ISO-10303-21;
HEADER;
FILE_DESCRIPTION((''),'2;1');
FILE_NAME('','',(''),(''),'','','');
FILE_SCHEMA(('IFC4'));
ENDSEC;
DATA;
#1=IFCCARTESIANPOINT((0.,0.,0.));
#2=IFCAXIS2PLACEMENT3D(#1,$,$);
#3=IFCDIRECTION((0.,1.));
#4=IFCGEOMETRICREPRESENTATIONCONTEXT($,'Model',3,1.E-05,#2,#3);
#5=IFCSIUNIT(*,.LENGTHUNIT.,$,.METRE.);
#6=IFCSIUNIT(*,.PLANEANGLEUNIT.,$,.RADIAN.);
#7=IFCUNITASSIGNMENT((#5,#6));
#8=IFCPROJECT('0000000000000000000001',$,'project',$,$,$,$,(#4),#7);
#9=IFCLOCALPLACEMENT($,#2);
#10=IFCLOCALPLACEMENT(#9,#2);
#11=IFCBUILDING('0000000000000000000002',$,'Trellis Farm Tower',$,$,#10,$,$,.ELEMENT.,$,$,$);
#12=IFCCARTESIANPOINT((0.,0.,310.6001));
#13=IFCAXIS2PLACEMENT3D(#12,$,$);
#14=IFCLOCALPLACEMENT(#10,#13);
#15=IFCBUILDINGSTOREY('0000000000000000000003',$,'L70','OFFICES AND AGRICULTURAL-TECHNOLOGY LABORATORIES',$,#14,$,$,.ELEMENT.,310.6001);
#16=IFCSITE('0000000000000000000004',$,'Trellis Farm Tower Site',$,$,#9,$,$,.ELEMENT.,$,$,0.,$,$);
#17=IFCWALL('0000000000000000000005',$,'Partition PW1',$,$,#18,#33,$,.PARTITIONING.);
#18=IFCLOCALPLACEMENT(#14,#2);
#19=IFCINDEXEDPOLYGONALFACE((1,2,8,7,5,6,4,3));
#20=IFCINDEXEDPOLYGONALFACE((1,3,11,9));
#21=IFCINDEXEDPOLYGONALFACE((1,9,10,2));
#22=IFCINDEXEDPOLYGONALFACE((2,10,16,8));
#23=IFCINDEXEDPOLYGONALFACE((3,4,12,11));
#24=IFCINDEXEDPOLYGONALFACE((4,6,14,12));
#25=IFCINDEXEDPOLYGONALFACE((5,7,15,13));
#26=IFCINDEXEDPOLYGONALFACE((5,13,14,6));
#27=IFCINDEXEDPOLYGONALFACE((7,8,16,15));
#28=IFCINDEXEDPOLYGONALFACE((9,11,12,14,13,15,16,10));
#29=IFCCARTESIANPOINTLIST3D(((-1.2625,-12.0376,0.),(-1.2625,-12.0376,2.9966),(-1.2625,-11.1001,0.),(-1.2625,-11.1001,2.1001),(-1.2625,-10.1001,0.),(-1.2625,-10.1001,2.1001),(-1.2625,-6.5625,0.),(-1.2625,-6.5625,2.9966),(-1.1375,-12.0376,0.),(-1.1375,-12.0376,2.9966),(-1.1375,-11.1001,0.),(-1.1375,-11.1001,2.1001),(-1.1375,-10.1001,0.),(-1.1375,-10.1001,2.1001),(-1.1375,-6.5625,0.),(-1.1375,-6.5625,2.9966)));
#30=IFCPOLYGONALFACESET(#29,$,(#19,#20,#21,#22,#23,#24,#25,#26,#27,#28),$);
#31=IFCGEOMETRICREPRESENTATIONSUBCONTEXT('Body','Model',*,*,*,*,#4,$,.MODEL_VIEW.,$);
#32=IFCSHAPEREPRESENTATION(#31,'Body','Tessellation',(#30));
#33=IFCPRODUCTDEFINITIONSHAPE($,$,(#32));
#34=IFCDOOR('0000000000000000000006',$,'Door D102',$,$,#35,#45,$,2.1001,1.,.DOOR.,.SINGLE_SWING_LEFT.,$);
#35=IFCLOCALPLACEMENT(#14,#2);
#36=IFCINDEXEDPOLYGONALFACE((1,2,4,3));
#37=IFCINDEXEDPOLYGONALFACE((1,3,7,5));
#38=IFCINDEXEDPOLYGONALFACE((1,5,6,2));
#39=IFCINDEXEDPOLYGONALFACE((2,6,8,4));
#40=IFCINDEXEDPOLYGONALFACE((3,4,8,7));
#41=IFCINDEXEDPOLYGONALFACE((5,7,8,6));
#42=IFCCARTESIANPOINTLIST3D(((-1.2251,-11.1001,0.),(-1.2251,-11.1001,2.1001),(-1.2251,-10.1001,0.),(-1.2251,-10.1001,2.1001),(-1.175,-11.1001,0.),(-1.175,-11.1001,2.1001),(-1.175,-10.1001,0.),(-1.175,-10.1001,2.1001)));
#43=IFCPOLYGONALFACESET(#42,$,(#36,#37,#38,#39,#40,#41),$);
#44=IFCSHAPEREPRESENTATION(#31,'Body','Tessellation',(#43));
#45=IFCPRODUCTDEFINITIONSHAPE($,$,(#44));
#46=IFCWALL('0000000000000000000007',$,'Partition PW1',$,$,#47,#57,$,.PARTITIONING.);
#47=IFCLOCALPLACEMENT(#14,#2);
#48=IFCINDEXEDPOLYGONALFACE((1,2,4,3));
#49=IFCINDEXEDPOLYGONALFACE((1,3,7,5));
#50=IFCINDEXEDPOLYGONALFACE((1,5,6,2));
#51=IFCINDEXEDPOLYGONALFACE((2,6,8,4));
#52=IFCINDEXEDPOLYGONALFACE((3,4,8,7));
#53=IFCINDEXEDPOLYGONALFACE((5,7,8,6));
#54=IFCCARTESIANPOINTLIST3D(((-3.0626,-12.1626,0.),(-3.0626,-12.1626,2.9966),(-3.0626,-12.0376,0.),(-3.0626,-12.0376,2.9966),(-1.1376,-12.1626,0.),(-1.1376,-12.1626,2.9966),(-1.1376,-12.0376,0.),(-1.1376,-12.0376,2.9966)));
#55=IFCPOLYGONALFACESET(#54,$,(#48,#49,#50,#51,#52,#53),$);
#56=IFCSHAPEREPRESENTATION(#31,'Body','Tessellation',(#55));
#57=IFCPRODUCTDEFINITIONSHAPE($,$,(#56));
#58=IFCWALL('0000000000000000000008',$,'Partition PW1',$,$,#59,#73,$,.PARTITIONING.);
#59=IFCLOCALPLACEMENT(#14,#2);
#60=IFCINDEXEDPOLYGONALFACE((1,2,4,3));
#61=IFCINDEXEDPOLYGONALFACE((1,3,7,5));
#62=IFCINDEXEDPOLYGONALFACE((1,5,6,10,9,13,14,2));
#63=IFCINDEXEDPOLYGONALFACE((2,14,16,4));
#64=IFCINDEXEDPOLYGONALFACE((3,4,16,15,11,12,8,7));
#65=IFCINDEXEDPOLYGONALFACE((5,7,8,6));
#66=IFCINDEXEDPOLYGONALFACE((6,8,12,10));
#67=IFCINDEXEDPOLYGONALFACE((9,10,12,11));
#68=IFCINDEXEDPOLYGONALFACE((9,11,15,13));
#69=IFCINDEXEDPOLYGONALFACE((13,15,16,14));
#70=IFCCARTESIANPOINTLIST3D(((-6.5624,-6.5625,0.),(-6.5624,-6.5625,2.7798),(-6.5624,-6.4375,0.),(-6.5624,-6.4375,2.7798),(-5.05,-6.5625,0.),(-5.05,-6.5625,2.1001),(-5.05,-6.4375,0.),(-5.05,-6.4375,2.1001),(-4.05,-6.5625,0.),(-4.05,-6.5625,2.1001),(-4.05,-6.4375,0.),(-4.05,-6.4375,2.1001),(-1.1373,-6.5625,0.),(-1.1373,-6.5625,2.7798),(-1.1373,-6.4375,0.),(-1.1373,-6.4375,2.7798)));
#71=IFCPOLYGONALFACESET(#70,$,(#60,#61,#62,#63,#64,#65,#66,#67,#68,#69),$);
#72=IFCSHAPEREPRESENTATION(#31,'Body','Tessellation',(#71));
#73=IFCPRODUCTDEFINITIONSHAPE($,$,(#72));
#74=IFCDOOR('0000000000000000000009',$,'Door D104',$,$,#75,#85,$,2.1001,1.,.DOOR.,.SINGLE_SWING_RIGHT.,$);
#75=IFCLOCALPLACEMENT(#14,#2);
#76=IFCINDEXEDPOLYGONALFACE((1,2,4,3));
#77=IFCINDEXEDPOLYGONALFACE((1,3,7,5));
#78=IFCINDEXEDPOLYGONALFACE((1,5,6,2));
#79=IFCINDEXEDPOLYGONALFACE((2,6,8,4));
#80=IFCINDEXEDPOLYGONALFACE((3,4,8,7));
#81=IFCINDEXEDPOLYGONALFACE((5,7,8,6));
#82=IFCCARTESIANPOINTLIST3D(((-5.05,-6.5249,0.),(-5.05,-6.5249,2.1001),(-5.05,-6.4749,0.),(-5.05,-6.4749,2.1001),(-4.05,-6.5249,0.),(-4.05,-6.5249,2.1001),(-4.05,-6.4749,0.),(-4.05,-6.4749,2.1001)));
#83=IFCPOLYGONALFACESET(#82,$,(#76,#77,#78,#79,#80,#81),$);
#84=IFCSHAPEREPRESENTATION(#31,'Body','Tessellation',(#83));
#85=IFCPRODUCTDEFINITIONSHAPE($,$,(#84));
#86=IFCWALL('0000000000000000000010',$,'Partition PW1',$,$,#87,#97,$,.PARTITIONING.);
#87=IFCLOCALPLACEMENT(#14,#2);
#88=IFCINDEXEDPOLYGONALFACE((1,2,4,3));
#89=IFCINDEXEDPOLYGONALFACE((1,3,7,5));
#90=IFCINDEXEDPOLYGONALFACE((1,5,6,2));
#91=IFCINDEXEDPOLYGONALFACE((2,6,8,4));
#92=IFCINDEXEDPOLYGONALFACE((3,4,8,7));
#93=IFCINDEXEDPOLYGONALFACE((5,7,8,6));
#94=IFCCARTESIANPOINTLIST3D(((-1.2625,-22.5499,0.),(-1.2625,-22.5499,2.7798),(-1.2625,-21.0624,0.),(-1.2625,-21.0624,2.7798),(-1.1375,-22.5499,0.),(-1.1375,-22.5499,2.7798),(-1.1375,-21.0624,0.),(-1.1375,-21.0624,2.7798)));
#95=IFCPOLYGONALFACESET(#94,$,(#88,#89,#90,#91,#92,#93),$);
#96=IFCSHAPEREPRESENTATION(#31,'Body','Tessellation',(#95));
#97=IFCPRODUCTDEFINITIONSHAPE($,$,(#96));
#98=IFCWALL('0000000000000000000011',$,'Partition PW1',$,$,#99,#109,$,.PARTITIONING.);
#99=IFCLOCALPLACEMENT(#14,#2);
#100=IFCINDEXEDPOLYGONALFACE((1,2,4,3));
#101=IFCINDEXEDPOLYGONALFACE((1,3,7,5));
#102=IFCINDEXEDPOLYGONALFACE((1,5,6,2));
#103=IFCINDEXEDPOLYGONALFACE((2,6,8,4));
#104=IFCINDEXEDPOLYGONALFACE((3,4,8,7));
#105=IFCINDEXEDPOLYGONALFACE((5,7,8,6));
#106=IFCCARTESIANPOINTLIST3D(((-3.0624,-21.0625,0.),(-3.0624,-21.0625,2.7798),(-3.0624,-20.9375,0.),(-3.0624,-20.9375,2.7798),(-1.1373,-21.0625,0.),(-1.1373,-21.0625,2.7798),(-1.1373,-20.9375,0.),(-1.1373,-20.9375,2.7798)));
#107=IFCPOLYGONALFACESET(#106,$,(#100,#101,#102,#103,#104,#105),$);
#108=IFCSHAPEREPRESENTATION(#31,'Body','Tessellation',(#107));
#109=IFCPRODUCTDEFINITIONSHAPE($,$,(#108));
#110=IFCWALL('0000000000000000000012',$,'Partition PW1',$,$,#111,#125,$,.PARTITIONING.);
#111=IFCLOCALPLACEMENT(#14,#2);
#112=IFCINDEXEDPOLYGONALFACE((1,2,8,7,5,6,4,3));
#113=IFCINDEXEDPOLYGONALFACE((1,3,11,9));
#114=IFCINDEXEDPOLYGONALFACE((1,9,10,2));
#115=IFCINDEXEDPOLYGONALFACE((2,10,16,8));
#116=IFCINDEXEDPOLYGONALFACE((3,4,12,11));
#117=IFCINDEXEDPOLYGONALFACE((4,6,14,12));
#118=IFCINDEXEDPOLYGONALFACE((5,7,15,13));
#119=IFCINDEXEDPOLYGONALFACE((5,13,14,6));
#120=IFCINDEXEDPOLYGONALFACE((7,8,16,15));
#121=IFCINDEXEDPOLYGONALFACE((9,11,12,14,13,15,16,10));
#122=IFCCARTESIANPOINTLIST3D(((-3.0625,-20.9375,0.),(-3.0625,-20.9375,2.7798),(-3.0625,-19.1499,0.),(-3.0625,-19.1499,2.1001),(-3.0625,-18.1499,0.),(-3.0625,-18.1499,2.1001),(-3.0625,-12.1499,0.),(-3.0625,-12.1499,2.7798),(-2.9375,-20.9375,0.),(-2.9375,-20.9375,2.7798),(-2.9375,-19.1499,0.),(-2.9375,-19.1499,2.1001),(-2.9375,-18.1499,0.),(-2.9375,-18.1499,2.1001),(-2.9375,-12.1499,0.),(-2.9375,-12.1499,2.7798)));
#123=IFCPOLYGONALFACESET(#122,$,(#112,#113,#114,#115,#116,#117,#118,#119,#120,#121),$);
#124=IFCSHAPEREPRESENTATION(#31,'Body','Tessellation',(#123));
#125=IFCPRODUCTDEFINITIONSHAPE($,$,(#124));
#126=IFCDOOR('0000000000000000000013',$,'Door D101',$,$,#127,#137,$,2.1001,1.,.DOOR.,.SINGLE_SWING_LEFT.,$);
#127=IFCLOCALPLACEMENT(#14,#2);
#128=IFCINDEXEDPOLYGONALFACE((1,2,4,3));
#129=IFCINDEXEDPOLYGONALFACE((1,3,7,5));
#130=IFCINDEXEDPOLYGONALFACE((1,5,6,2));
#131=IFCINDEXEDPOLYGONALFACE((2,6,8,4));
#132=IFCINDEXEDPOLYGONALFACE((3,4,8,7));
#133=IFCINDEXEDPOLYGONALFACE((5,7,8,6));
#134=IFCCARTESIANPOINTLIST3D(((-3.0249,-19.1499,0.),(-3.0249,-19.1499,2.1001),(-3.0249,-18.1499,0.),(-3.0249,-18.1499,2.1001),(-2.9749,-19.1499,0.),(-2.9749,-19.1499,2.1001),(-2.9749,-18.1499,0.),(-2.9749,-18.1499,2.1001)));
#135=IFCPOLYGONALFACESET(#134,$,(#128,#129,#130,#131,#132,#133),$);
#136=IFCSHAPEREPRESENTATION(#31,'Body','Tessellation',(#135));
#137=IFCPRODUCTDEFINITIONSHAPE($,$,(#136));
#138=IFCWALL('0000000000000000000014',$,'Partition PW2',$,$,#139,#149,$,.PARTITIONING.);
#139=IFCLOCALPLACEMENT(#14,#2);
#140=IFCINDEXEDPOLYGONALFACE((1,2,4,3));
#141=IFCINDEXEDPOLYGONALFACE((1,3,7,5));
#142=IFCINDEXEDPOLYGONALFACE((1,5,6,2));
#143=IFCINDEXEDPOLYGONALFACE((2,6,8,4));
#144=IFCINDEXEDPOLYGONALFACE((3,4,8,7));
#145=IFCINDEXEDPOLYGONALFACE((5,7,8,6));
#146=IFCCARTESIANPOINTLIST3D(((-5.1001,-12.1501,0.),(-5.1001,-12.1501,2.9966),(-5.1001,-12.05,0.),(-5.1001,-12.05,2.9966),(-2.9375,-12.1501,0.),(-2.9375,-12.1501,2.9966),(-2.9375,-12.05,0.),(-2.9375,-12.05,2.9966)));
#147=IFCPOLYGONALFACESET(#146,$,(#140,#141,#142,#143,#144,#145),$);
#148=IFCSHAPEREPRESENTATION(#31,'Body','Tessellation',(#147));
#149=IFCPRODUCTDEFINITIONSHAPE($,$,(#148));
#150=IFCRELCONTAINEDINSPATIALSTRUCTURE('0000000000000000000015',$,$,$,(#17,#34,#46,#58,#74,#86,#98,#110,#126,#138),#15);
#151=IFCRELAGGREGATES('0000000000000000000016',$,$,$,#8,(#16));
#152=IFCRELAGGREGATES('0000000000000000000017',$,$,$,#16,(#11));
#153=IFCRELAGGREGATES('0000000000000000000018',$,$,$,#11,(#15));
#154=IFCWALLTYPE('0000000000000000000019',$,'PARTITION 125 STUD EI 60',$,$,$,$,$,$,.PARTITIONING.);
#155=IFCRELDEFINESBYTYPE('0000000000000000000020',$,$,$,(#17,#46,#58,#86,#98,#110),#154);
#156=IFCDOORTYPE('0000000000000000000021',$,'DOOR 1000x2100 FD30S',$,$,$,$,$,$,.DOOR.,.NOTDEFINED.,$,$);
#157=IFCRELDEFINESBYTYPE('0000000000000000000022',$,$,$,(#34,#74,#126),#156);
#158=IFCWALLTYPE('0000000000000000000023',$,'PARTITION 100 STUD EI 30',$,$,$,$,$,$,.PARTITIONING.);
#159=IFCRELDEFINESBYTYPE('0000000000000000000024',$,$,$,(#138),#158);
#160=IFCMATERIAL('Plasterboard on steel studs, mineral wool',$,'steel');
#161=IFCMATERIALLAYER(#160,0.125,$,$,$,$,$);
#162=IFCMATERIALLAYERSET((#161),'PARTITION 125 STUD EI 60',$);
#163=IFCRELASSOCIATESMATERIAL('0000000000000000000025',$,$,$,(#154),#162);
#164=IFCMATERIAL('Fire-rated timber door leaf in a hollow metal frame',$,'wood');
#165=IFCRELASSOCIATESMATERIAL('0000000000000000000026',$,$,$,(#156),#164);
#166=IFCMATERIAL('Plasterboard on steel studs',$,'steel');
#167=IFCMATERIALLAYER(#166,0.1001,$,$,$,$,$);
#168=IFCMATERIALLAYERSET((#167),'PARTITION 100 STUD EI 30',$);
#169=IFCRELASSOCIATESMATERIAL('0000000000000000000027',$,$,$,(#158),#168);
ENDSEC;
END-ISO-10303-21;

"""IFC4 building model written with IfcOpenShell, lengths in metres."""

from ifc_helpers import new_model, si_unit, direction, frame, frame_2d, origin, place, context, subcontext, project, spatial, rectangle, extrude, source, transform, mapped, material, layer, layer_set, type_object, element, fill, save


model = new_model("IFC4")

# Units and contexts
model_context = context("Model", 3, precision=1e-05, world=origin(), true_north=direction((0.0, 1.0)))
body_context = subcontext(model_context, "Body", "Model", "MODEL_VIEW")
ifc_project = project(units=[si_unit("LENGTHUNIT", "METRE"), si_unit("PLANEANGLEUNIT", "RADIAN")], contexts=[model_context])

# Site, building, storey
site_placement = place(None, origin())
site = spatial("IfcSite", under=ifc_project, at=site_placement, Name="Trellis Farm Tower Site", CompositionType="ELEMENT", RefElevation=0.0)
building_placement = place(site_placement, origin())
building = spatial("IfcBuilding", under=site, at=building_placement, Name="Trellis Farm Tower", CompositionType="ELEMENT")
storey_placement = place(building_placement, frame((0.0, 0.0, 310.6001)))
storey = spatial("IfcBuildingStorey", under=building, at=storey_placement, Name="L70", Description="OFFICES AND AGRICULTURAL-TECHNOLOGY LABORATORIES", CompositionType="ELEMENT", Elevation=310.6001)

# Wall, opening, door
ifc_material_1 = material(Name="Plasterboard on steel studs, mineral wool", Category="steel")
ifc_layer_1 = layer(ifc_material_1, 0.125)
ifc_layer_set_1 = layer_set([ifc_layer_1], Name="PARTITION 125 STUD EI 60")
wall_type_1 = type_object("IfcWallType", Name="PARTITION 125 STUD EI 60", PredefinedType="PARTITIONING", material=ifc_layer_set_1)
shared_shape_1 = source(origin(), body_context, "Body", "SweptSolid", [
    extrude(rectangle(XDim=5.4751, YDim=0.125, at=frame_2d((2.7375, 0.0))), origin(), (0.0, 0.0, 1.0), 2.9966),
])
wall_1_placement = place(storey_placement, frame((-1.2, -6.5625, 0.0), z_axis=(0.0, 0.0, 1.0), x_axis=(0.0, -1.0, 0.0)))
wall_1 = element("IfcWall", 1, at=wall_1_placement, inside=storey, type_object=wall_type_1, Name="Partition PW1", PredefinedType="PARTITIONING", context=body_context, shape_type="MappedRepresentation", body=[
    mapped(shared_shape_1, transform((0.0, 0.0, 0.0))),
])
shared_shape_2 = source(origin(), body_context, "Body", "SweptSolid", [
    extrude(rectangle(XDim=1.0, YDim=2.1001, at=frame_2d((0.5, 1.05))), frame((0.0, 0.0725, 0.0), z_axis=(0.0, -1.0, 0.0), x_axis=(1.0, 0.0, 0.0)), (0.0, 0.0, 1.0), 0.145),
])
opening_1_placement = place(wall_1_placement, frame((3.5376, 0.0, 0.0)))
opening_1 = element("IfcOpeningElement", 2, at=opening_1_placement, cuts=wall_1, PredefinedType="OPENING", context=body_context, shape_type="MappedRepresentation", body=[
    mapped(shared_shape_2, transform((0.0, 0.0, 0.0))),
])
ifc_material_2 = material(Name="Fire-rated timber door leaf in a hollow metal frame", Category="wood")
door_type = type_object("IfcDoorType", Name="DOOR 1000x2100 FD30S", OperationType="NOTDEFINED", PredefinedType="DOOR", material=ifc_material_2)
shared_shape_3 = source(origin(), body_context, "Body", "SweptSolid", [
    extrude(rectangle(XDim=1.0, YDim=2.1001, at=frame_2d((0.5, 1.05))), frame((0.0, 0.0249, 0.0), z_axis=(0.0, -1.0, 0.0), x_axis=(1.0, 0.0, 0.0)), (0.0, 0.0, 1.0), 0.05),
])
door_1_placement = place(opening_1_placement, origin())
door_1 = element("IfcDoor", 3, at=door_1_placement, inside=storey, type_object=door_type, Name="Door D102", OperationType="SINGLE_SWING_LEFT", OverallHeight=2.1001, OverallWidth=1.0, PredefinedType="DOOR", context=body_context, shape_type="MappedRepresentation", body=[
    mapped(shared_shape_3, transform((0.0, 0.0, 0.0))),
])
fill(opening_1, door_1)

# Wall
shared_shape_4 = source(origin(), body_context, "Body", "SweptSolid", [
    extrude(rectangle(XDim=1.925, YDim=0.125, at=frame_2d((0.9624, 0.0))), origin(), (0.0, 0.0, 1.0), 2.9966),
])
wall_2_placement = place(storey_placement, frame((-3.0625, -12.1001, 0.0), z_axis=(0.0, 0.0, 1.0), x_axis=(1.0, 0.0, 0.0)))
element("IfcWall", 4, at=wall_2_placement, inside=storey, type_object=wall_type_1, Name="Partition PW1", PredefinedType="PARTITIONING", context=body_context, shape_type="MappedRepresentation", body=[
    mapped(shared_shape_4, transform((0.0, 0.0, 0.0))),
])

# Wall, opening, door
shared_shape_5 = source(origin(), body_context, "Body", "SweptSolid", [
    extrude(rectangle(XDim=5.425, YDim=0.125, at=frame_2d((2.7124, 0.0))), origin(), (0.0, 0.0, 1.0), 2.7798),
])
wall_3_placement = place(storey_placement, frame((-1.1375, -6.5, 0.0), z_axis=(0.0, 0.0, 1.0), x_axis=(-1.0, 0.0, 0.0)))
wall_3 = element("IfcWall", 5, at=wall_3_placement, inside=storey, type_object=wall_type_1, Name="Partition PW1", PredefinedType="PARTITIONING", context=body_context, shape_type="MappedRepresentation", body=[
    mapped(shared_shape_5, transform((0.0, 0.0, 0.0))),
])
opening_2_placement = place(wall_3_placement, frame((2.9126, 0.0, 0.0)))
opening_2 = element("IfcOpeningElement", 6, at=opening_2_placement, cuts=wall_3, PredefinedType="OPENING", context=body_context, shape_type="MappedRepresentation", body=[
    mapped(shared_shape_2, transform((0.0, 0.0, 0.0))),
])
door_2_placement = place(opening_2_placement, origin())
door_2 = element("IfcDoor", 7, at=door_2_placement, inside=storey, type_object=door_type, Name="Door D104", OperationType="SINGLE_SWING_RIGHT", OverallHeight=2.1001, OverallWidth=1.0, PredefinedType="DOOR", context=body_context, shape_type="MappedRepresentation", body=[
    mapped(shared_shape_3, transform((0.0, 0.0, 0.0))),
])
fill(opening_2, door_2)

# Walls
shared_shape_6 = source(origin(), body_context, "Body", "SweptSolid", [
    extrude(rectangle(XDim=1.4875, YDim=0.125, at=frame_2d((0.7437, 0.0))), origin(), (0.0, 0.0, 1.0), 2.7798),
])
wall_4_placement = place(storey_placement, frame((-1.2, -21.0625, 0.0), z_axis=(0.0, 0.0, 1.0), x_axis=(0.0, -1.0, 0.0)))
element("IfcWall", 8, at=wall_4_placement, inside=storey, type_object=wall_type_1, Name="Partition PW1", PredefinedType="PARTITIONING", context=body_context, shape_type="MappedRepresentation", body=[
    mapped(shared_shape_6, transform((0.0, 0.0, 0.0))),
])
shared_shape_7 = source(origin(), body_context, "Body", "SweptSolid", [
    extrude(rectangle(XDim=1.925, YDim=0.125, at=frame_2d((0.9624, 0.0))), origin(), (0.0, 0.0, 1.0), 2.7798),
])
wall_5_placement = place(storey_placement, frame((-1.1375, -21.0, 0.0), z_axis=(0.0, 0.0, 1.0), x_axis=(-1.0, 0.0, 0.0)))
element("IfcWall", 9, at=wall_5_placement, inside=storey, type_object=wall_type_1, Name="Partition PW1", PredefinedType="PARTITIONING", context=body_context, shape_type="MappedRepresentation", body=[
    mapped(shared_shape_7, transform((0.0, 0.0, 0.0))),
])

# Wall, opening, door
shared_shape_8 = source(origin(), body_context, "Body", "SweptSolid", [
    extrude(rectangle(XDim=8.7876, YDim=0.125, at=frame_2d((4.3938, 0.0))), origin(), (0.0, 0.0, 1.0), 2.7798),
])
wall_6_placement = place(storey_placement, frame((-3.0, -20.9375, 0.0), z_axis=(0.0, 0.0, 1.0), x_axis=(0.0, 1.0, 0.0)))
wall_6 = element("IfcWall", 10, at=wall_6_placement, inside=storey, type_object=wall_type_1, Name="Partition PW1", PredefinedType="PARTITIONING", context=body_context, shape_type="MappedRepresentation", body=[
    mapped(shared_shape_8, transform((0.0, 0.0, 0.0))),
])
opening_3_placement = place(wall_6_placement, frame((1.7876, 0.0, 0.0)))
opening_3 = element("IfcOpeningElement", 11, at=opening_3_placement, cuts=wall_6, PredefinedType="OPENING", context=body_context, shape_type="MappedRepresentation", body=[
    mapped(shared_shape_2, transform((0.0, 0.0, 0.0))),
])
door_3_placement = place(opening_3_placement, origin())
door_3 = element("IfcDoor", 12, at=door_3_placement, inside=storey, type_object=door_type, Name="Door D101", OperationType="SINGLE_SWING_LEFT", OverallHeight=2.1001, OverallWidth=1.0, PredefinedType="DOOR", context=body_context, shape_type="MappedRepresentation", body=[
    mapped(shared_shape_3, transform((0.0, 0.0, 0.0))),
])
fill(opening_3, door_3)

# Wall
ifc_material_3 = material(Name="Plasterboard on steel studs", Category="steel")
ifc_layer_2 = layer(ifc_material_3, 0.1001)
ifc_layer_set_2 = layer_set([ifc_layer_2], Name="PARTITION 100 STUD EI 30")
wall_type_2 = type_object("IfcWallType", Name="PARTITION 100 STUD EI 30", PredefinedType="PARTITIONING", material=ifc_layer_set_2)
shared_shape_9 = source(origin(), body_context, "Body", "SweptSolid", [
    extrude(rectangle(XDim=2.1626, YDim=0.1001, at=frame_2d((1.0813, 0.0))), origin(), (0.0, 0.0, 1.0), 2.9966),
])
wall_7_placement = place(storey_placement, frame((-5.1001, -12.1001, 0.0), z_axis=(0.0, 0.0, 1.0), x_axis=(1.0, 0.0, 0.0)))
element("IfcWall", 13, at=wall_7_placement, inside=storey, type_object=wall_type_2, Name="Partition PW2", PredefinedType="PARTITIONING", context=body_context, shape_type="MappedRepresentation", body=[
    mapped(shared_shape_9, transform((0.0, 0.0, 0.0))),
])

save(model, "model.ifc")
